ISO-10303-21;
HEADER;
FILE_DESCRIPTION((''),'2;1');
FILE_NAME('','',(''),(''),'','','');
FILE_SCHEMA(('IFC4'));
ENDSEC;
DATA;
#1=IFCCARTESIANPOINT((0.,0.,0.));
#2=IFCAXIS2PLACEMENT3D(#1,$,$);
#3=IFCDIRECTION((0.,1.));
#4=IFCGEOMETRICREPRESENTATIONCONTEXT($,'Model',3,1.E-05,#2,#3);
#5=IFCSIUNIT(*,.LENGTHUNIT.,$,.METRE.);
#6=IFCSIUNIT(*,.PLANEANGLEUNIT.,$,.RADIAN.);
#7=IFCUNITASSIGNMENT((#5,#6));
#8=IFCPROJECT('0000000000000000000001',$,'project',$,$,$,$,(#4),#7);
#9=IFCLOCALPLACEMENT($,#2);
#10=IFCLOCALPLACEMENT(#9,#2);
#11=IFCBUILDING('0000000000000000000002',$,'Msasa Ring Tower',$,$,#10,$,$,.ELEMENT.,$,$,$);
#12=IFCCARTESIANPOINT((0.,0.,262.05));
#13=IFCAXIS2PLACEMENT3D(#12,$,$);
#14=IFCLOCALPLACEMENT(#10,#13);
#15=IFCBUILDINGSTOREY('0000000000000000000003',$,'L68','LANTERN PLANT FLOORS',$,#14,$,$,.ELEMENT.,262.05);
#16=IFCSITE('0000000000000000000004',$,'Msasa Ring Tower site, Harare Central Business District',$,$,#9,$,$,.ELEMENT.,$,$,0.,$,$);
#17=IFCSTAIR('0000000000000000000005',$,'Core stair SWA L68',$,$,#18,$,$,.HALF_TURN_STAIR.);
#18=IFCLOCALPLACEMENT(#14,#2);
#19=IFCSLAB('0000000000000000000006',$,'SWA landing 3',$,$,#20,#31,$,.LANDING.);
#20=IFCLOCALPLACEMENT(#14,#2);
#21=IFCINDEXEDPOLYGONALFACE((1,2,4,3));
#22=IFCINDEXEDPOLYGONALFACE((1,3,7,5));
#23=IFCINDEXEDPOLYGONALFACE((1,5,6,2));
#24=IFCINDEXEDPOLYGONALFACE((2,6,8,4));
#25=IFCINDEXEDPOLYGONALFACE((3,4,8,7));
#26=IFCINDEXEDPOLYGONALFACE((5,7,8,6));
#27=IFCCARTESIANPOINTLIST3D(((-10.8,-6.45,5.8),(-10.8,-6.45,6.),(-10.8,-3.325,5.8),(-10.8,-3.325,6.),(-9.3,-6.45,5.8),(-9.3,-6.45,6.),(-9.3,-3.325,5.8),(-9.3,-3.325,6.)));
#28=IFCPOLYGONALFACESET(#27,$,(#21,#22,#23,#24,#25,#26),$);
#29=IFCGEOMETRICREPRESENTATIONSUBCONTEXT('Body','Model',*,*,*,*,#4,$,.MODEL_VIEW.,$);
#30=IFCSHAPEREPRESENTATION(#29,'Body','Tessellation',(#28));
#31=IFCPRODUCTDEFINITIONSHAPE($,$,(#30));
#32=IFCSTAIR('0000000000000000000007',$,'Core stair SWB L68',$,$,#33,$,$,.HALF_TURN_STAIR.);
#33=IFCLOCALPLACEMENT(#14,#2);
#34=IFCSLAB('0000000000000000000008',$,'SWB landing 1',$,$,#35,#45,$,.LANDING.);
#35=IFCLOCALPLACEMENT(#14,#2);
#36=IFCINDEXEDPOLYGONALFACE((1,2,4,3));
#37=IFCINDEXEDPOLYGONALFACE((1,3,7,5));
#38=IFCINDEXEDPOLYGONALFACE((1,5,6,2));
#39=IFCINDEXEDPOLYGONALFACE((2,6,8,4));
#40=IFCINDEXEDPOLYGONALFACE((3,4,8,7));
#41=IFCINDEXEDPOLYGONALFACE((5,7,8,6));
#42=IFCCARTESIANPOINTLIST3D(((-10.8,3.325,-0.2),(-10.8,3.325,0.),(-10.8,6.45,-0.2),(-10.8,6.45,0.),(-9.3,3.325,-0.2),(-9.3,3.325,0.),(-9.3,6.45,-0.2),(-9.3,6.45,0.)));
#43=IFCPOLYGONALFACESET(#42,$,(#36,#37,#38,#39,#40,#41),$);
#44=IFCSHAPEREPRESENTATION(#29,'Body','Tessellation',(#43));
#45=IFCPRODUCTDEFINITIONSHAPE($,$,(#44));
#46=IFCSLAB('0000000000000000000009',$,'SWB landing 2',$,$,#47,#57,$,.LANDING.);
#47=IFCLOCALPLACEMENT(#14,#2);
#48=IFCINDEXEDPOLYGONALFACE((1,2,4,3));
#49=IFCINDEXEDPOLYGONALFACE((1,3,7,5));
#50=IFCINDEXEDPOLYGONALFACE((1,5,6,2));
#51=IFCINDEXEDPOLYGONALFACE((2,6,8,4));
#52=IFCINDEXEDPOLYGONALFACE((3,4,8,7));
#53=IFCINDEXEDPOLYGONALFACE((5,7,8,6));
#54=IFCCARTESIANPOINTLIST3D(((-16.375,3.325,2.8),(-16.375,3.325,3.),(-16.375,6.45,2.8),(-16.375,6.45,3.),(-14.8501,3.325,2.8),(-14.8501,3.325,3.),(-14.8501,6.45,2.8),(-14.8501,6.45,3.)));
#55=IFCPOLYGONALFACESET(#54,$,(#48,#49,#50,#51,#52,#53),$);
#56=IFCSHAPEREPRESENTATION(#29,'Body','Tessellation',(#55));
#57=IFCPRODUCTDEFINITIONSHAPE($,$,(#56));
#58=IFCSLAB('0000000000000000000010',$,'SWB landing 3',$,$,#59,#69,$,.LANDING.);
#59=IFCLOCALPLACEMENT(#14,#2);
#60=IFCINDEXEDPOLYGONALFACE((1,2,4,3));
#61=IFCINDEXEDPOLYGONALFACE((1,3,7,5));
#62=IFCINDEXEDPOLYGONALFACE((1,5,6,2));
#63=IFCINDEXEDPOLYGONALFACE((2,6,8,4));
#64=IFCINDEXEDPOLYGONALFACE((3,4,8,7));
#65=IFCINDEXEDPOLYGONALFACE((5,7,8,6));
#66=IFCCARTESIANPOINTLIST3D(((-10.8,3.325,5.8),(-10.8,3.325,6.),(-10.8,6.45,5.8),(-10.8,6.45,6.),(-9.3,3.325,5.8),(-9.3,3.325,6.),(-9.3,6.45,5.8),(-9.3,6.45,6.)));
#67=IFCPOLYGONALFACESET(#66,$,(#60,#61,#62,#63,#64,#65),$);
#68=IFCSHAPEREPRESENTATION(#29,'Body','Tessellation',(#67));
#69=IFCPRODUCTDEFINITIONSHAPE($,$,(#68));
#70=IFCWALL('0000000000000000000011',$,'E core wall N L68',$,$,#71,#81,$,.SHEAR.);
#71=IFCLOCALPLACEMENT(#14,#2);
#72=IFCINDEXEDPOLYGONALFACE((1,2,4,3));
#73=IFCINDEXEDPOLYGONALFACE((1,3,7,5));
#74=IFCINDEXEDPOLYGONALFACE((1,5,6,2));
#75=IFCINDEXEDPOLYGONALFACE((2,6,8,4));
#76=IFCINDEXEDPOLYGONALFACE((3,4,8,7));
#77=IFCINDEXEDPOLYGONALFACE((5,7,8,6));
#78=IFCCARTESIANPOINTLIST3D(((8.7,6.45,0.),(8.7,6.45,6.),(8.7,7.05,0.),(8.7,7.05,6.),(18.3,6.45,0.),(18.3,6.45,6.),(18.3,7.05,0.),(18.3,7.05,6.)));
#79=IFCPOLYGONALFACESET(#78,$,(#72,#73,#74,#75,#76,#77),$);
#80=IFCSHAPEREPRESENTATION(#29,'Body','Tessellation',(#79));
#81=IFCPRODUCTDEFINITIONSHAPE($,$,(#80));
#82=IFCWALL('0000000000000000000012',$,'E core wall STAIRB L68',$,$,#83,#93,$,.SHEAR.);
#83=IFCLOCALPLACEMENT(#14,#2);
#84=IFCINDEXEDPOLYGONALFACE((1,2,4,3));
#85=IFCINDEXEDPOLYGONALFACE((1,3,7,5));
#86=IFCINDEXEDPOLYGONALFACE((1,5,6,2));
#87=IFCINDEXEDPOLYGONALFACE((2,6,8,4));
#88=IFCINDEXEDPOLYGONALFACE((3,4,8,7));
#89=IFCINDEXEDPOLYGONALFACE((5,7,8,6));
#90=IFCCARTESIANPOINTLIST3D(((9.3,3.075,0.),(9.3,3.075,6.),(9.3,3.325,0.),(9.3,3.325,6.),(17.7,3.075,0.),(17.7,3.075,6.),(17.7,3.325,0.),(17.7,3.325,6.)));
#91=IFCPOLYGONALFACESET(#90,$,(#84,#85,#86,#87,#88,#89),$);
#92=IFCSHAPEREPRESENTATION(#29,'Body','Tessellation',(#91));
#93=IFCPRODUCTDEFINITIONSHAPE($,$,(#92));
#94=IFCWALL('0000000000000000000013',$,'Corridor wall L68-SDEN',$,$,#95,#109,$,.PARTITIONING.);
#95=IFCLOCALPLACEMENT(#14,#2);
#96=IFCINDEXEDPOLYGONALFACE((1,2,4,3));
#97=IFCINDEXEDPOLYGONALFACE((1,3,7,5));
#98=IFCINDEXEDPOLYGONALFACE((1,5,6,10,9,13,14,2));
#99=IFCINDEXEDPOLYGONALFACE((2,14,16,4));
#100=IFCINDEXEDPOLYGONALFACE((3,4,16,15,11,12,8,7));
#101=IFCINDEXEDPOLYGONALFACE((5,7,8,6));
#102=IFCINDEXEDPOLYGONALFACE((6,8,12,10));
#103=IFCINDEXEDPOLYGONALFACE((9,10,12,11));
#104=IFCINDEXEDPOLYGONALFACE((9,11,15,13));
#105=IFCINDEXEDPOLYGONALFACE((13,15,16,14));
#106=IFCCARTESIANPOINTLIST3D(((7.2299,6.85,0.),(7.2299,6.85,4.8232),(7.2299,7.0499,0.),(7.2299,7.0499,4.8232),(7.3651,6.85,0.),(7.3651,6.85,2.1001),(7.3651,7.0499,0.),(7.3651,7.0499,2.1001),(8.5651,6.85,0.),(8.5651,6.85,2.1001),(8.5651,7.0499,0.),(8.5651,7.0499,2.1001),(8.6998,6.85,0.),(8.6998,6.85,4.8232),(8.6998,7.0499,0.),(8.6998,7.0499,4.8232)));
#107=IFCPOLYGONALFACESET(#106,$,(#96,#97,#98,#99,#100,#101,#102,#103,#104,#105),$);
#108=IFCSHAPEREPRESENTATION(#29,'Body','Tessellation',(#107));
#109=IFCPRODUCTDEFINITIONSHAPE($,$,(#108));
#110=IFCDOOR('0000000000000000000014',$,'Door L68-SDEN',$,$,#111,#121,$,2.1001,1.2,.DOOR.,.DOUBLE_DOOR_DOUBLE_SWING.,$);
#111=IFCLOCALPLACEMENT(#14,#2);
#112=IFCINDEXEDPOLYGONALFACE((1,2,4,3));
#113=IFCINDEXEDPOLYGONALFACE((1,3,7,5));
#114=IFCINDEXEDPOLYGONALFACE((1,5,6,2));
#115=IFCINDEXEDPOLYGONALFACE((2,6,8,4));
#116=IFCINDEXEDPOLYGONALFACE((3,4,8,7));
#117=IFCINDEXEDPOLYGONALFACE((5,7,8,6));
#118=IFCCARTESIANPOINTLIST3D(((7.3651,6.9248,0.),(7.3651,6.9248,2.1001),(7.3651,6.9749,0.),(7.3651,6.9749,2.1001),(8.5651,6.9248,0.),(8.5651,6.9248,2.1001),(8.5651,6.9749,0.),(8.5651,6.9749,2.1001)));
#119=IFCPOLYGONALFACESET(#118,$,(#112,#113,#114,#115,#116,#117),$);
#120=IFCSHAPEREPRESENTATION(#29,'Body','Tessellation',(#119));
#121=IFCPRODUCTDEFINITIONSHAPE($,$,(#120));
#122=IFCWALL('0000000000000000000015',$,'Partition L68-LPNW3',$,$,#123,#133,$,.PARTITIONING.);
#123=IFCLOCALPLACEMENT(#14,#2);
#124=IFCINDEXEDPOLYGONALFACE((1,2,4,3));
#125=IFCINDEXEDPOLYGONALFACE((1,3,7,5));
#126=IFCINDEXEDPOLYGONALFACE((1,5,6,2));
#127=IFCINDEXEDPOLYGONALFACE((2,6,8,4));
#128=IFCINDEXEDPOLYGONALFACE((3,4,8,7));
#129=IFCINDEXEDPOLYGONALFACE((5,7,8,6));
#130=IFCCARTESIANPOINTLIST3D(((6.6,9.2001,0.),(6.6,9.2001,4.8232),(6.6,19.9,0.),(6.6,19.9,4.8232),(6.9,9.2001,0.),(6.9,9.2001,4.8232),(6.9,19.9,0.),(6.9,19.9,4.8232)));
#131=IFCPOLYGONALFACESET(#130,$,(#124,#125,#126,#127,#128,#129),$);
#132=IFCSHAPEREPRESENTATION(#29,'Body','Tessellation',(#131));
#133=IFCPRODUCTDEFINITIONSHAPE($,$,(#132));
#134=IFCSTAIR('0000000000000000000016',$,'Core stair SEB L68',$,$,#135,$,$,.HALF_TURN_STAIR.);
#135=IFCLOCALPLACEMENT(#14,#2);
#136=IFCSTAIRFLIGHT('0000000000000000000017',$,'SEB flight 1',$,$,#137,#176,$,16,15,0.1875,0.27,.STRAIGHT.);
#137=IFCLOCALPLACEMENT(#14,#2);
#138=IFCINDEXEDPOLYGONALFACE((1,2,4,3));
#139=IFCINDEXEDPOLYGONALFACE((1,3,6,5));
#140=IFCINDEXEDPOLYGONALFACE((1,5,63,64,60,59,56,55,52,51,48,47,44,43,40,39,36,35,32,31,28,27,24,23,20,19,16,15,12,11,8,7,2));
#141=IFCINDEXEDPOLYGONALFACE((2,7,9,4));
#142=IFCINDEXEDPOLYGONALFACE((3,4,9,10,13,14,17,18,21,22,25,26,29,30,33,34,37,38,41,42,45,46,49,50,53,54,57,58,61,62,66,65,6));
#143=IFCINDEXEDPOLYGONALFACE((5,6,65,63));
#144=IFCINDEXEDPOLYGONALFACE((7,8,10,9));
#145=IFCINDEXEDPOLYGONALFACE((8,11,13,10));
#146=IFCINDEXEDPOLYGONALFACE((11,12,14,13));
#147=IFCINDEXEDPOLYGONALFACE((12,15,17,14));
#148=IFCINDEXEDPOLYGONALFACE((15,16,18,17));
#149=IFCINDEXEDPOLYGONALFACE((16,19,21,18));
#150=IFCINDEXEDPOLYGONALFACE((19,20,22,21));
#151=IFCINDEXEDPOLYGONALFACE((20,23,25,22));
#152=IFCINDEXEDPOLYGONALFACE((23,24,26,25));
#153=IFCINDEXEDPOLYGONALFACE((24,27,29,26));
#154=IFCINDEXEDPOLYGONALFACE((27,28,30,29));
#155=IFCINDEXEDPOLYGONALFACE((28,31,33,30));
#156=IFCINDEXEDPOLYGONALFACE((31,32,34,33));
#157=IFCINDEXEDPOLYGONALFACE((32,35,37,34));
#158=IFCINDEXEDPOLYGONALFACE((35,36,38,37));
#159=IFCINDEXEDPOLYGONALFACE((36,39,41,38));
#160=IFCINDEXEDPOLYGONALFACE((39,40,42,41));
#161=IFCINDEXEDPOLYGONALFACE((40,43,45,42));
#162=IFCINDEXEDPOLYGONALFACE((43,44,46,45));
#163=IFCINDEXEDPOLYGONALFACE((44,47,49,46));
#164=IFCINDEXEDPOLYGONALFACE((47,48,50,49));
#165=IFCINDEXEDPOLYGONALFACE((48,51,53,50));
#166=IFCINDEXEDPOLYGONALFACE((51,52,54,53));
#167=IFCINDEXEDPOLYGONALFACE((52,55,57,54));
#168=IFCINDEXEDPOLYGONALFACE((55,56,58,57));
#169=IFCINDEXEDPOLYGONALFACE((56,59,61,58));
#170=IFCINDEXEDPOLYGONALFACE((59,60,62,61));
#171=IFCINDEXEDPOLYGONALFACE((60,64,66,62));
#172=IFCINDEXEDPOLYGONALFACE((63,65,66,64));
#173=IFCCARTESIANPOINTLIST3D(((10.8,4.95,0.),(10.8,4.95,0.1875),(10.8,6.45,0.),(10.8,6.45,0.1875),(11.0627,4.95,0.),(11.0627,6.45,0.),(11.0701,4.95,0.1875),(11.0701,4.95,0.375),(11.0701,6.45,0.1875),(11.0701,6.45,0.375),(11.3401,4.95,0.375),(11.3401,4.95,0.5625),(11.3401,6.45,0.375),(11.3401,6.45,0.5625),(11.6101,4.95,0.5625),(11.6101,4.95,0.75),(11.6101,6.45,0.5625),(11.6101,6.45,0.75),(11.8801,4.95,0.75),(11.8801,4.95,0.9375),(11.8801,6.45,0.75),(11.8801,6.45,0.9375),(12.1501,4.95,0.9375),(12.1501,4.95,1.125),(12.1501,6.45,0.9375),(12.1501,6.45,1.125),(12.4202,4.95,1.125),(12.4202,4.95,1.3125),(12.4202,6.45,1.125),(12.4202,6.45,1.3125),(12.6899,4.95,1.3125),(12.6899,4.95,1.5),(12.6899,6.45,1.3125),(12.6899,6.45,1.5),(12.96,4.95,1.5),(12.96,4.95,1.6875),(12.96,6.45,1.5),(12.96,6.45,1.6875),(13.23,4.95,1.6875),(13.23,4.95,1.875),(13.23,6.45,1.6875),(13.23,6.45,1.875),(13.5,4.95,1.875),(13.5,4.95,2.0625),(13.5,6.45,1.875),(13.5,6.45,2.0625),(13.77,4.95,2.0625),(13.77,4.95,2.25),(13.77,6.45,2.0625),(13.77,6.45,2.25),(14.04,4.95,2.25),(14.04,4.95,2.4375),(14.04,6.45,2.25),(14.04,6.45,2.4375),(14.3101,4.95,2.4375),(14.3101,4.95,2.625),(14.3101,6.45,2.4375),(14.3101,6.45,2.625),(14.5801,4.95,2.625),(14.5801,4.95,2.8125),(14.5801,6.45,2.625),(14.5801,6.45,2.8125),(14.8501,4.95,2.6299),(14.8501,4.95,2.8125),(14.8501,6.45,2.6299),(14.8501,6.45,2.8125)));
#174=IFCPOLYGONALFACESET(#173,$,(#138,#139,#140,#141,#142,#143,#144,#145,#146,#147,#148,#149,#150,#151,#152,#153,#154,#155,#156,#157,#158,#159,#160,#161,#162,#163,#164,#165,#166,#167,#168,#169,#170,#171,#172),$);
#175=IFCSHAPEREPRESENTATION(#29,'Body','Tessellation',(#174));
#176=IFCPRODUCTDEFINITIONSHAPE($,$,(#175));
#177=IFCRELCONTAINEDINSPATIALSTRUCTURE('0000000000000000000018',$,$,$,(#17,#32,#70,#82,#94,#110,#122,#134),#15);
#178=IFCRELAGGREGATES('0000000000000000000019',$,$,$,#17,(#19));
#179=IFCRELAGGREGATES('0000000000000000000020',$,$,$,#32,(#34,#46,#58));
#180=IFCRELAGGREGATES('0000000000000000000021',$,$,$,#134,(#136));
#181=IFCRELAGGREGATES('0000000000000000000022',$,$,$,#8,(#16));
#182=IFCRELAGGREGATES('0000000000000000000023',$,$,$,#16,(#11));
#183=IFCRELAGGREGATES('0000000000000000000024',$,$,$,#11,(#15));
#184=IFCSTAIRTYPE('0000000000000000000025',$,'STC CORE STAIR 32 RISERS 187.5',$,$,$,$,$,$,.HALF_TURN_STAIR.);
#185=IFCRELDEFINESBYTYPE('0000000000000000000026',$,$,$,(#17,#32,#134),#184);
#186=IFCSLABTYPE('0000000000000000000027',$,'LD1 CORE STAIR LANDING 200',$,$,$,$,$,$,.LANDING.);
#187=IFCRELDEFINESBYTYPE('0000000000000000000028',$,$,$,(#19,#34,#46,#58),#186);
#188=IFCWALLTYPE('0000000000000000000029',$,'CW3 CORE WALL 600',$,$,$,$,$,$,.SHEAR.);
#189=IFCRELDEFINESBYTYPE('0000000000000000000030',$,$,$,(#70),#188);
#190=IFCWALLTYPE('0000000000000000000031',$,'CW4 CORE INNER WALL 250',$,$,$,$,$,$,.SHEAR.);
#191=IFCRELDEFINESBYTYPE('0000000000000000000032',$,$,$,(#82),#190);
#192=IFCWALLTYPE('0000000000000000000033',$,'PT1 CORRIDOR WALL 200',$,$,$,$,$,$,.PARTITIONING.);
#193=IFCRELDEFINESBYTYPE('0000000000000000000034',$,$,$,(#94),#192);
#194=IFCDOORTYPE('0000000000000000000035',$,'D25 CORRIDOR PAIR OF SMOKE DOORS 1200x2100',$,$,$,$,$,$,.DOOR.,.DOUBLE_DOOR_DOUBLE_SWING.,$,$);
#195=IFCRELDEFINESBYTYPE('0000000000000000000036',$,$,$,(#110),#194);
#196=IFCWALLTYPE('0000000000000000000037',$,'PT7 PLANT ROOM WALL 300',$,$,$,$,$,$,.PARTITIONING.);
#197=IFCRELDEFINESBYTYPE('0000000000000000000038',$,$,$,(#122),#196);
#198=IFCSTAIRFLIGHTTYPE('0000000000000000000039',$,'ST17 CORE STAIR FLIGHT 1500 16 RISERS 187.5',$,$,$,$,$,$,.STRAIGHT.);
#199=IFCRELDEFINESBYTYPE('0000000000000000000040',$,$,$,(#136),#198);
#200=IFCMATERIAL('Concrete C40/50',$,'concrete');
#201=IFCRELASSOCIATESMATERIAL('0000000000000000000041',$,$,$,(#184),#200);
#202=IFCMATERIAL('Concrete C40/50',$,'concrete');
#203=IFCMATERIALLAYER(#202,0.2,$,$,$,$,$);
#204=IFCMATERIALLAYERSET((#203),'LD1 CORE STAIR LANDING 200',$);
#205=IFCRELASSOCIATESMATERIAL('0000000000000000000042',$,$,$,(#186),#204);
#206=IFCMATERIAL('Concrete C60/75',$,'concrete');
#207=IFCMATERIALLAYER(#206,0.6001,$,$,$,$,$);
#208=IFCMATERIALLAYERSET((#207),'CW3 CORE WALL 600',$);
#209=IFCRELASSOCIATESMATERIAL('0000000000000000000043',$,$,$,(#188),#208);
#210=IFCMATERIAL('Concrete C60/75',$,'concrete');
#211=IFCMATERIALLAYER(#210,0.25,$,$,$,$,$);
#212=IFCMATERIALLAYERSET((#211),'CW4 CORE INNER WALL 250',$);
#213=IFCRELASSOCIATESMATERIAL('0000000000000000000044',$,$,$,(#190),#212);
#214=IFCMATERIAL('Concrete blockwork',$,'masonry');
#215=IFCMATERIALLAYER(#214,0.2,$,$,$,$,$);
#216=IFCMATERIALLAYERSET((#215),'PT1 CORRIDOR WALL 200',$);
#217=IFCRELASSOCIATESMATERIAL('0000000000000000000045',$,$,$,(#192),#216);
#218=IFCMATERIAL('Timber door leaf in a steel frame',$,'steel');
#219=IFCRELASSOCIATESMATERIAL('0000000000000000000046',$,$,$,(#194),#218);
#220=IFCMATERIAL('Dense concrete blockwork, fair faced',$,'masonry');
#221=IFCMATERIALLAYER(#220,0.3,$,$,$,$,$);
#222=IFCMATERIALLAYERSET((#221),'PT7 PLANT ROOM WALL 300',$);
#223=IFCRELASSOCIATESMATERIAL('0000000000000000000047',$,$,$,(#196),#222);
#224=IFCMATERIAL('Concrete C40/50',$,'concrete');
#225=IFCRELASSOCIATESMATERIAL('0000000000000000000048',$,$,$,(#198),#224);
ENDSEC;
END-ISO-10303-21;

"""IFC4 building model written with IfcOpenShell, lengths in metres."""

from ifc_helpers import new_model, si_unit, direction, frame, frame_2d, origin, place, context, subcontext, project, spatial, polyline, rectangle, outline, extrude, material, layer, layer_set, type_object, element, fill, aggregate, save


model = new_model("IFC4")

# Units and contexts
model_context = context("Model", 3, precision=1e-05, world=origin(), true_north=direction((0.0, 1.0)))
body_context = subcontext(model_context, "Body", "Model", "MODEL_VIEW")
ifc_project = project(units=[si_unit("LENGTHUNIT", "METRE"), si_unit("PLANEANGLEUNIT", "RADIAN")], contexts=[model_context])

# Site, building, storey
site_placement = place(None, origin())
site = spatial("IfcSite", under=ifc_project, at=site_placement, Name="Msasa Ring Tower site, Harare Central Business District", CompositionType="ELEMENT", RefElevation=0.0)
building_placement = place(site_placement, origin())
building = spatial("IfcBuilding", under=site, at=building_placement, Name="Msasa Ring Tower", CompositionType="ELEMENT")
storey_placement = place(building_placement, frame((0.0, 0.0, 262.05)))
storey = spatial("IfcBuildingStorey", under=building, at=storey_placement, Name="L68", Description="LANTERN PLANT FLOORS", CompositionType="ELEMENT", Elevation=262.05)

# Stairs, slabs
ifc_material_1 = material(Name="Concrete C40/50", Category="concrete")
stair_type = type_object("IfcStairType", Name="STC CORE STAIR 32 RISERS 187.5", PredefinedType="HALF_TURN_STAIR", material=ifc_material_1)
stair_1_placement = place(storey_placement, origin())
stair_1 = element("IfcStair", 1, at=stair_1_placement, inside=storey, type_object=stair_type, Name="Core stair SWA L68", PredefinedType="HALF_TURN_STAIR")
ifc_material_2 = material(Name="Concrete C40/50", Category="concrete")
ifc_layer_1 = layer(ifc_material_2, 0.2)
ifc_layer_set_1 = layer_set([ifc_layer_1], Name="LD1 CORE STAIR LANDING 200")
slab_type = type_object("IfcSlabType", Name="LD1 CORE STAIR LANDING 200", PredefinedType="LANDING", material=ifc_layer_set_1)
slab_1_placement = place(storey_placement, frame((0.0, 0.0, 5.8)))
slab_1 = element("IfcSlab", 2, at=slab_1_placement, type_object=slab_type, Name="SWA landing 3", PredefinedType="LANDING", context=body_context, shape_type="SweptSolid", body=[
    extrude(outline(polyline([(-10.8, -6.45), (-9.3, -6.45), (-9.3, -3.325), (-10.8, -3.325), (-10.8, -6.45)])), origin(), (0.0, 0.0, 1.0), 0.2),
])
aggregate(stair_1, [slab_1])
stair_2_placement = place(storey_placement, origin())
stair_2 = element("IfcStair", 3, at=stair_2_placement, inside=storey, type_object=stair_type, Name="Core stair SWB L68", PredefinedType="HALF_TURN_STAIR")
slab_2_placement = place(storey_placement, frame((0.0, 0.0, -0.2)))
slab_2 = element("IfcSlab", 4, at=slab_2_placement, type_object=slab_type, Name="SWB landing 1", PredefinedType="LANDING", context=body_context, shape_type="SweptSolid", body=[
    extrude(outline(polyline([(-10.8, 3.325), (-9.3, 3.325), (-9.3, 6.45), (-10.8, 6.45), (-10.8, 3.325)])), origin(), (0.0, 0.0, 1.0), 0.2),
])
slab_3_placement = place(storey_placement, frame((0.0, 0.0, 2.8)))
slab_3 = element("IfcSlab", 5, at=slab_3_placement, type_object=slab_type, Name="SWB landing 2", PredefinedType="LANDING", context=body_context, shape_type="SweptSolid", body=[
    extrude(outline(polyline([(-16.375, 3.325), (-14.8501, 3.325), (-14.8501, 6.45), (-16.375, 6.45), (-16.375, 3.325)])), origin(), (0.0, 0.0, 1.0), 0.2),
])
slab_4_placement = place(storey_placement, frame((0.0, 0.0, 5.8)))
slab_4 = element("IfcSlab", 6, at=slab_4_placement, type_object=slab_type, Name="SWB landing 3", PredefinedType="LANDING", context=body_context, shape_type="SweptSolid", body=[
    extrude(outline(polyline([(-10.8, 3.325), (-9.3, 3.325), (-9.3, 6.45), (-10.8, 6.45), (-10.8, 3.325)])), origin(), (0.0, 0.0, 1.0), 0.2),
])
aggregate(stair_2, [slab_2, slab_3, slab_4])

# Walls
ifc_material_3 = material(Name="Concrete C60/75", Category="concrete")
ifc_layer_2 = layer(ifc_material_3, 0.6001)
ifc_layer_set_2 = layer_set([ifc_layer_2], Name="CW3 CORE WALL 600")
wall_type_1 = type_object("IfcWallType", Name="CW3 CORE WALL 600", PredefinedType="SHEAR", material=ifc_layer_set_2)
wall_1_placement = place(storey_placement, frame((8.7, 6.75, 0.0), z_axis=(0.0, 0.0, 1.0), x_axis=(1.0, 0.0, 0.0)))
element("IfcWall", 7, at=wall_1_placement, inside=storey, type_object=wall_type_1, Name="E core wall N L68", PredefinedType="SHEAR", context=body_context, shape_type="SweptSolid", body=[
    extrude(rectangle(XDim=9.6001, YDim=0.6001, at=frame_2d((4.8, 0.0))), origin(), (0.0, 0.0, 1.0), 6.0),
])
ifc_material_4 = material(Name="Concrete C60/75", Category="concrete")
ifc_layer_3 = layer(ifc_material_4, 0.25)
ifc_layer_set_3 = layer_set([ifc_layer_3], Name="CW4 CORE INNER WALL 250")
wall_type_2 = type_object("IfcWallType", Name="CW4 CORE INNER WALL 250", PredefinedType="SHEAR", material=ifc_layer_set_3)
wall_2_placement = place(storey_placement, frame((9.3, 3.2, 0.0), z_axis=(0.0, 0.0, 1.0), x_axis=(1.0, 0.0, 0.0)))
element("IfcWall", 8, at=wall_2_placement, inside=storey, type_object=wall_type_2, Name="E core wall STAIRB L68", PredefinedType="SHEAR", context=body_context, shape_type="SweptSolid", body=[
    extrude(rectangle(XDim=8.3999, YDim=0.25, at=frame_2d((4.2, 0.0))), origin(), (0.0, 0.0, 1.0), 6.0),
])

# Wall, opening, door
ifc_material_5 = material(Name="Concrete blockwork", Category="masonry")
ifc_layer_4 = layer(ifc_material_5, 0.2)
ifc_layer_set_4 = layer_set([ifc_layer_4], Name="PT1 CORRIDOR WALL 200")
wall_type_3 = type_object("IfcWallType", Name="PT1 CORRIDOR WALL 200", PredefinedType="PARTITIONING", material=ifc_layer_set_4)
wall_3_placement = place(storey_placement, frame((7.23, 6.95, 0.0), z_axis=(0.0, 0.0, 1.0), x_axis=(1.0, 0.0, 0.0)))
wall_3 = element("IfcWall", 9, at=wall_3_placement, inside=storey, type_object=wall_type_3, Name="Corridor wall L68-SDEN", PredefinedType="PARTITIONING", context=body_context, shape_type="SweptSolid", body=[
    extrude(rectangle(XDim=1.47, YDim=0.2, at=frame_2d((0.7349, 0.0))), origin(), (0.0, 0.0, 1.0), 4.8232),
])
opening_placement = place(wall_3_placement, frame((0.135, 0.0, 0.0)))
opening = element("IfcOpeningElement", 10, at=opening_placement, cuts=wall_3, PredefinedType="OPENING", context=body_context, shape_type="SweptSolid", body=[
    extrude(rectangle(XDim=1.2, YDim=2.1001, at=frame_2d((0.6001, 1.05))), frame((0.0, 0.1099, 0.0), z_axis=(0.0, -1.0, 0.0), x_axis=(1.0, 0.0, 0.0)), (0.0, 0.0, 1.0), 0.22),
])
ifc_material_6 = material(Name="Timber door leaf in a steel frame", Category="steel")
door_type = type_object("IfcDoorType", Name="D25 CORRIDOR PAIR OF SMOKE DOORS 1200x2100", OperationType="DOUBLE_DOOR_DOUBLE_SWING", PredefinedType="DOOR", material=ifc_material_6)
door_placement = place(opening_placement, origin())
door = element("IfcDoor", 11, at=door_placement, inside=storey, type_object=door_type, Name="Door L68-SDEN", OperationType="DOUBLE_DOOR_DOUBLE_SWING", OverallHeight=2.1001, OverallWidth=1.2, PredefinedType="DOOR", context=body_context, shape_type="SweptSolid", body=[
    extrude(rectangle(XDim=1.2, YDim=2.1001, at=frame_2d((0.6001, 1.05))), frame((0.0, 0.0249, 0.0), z_axis=(0.0, -1.0, 0.0), x_axis=(1.0, 0.0, 0.0)), (0.0, 0.0, 1.0), 0.05),
])
fill(opening, door)

# Wall
ifc_material_7 = material(Name="Dense concrete blockwork, fair faced", Category="masonry")
ifc_layer_5 = layer(ifc_material_7, 0.3)
ifc_layer_set_5 = layer_set([ifc_layer_5], Name="PT7 PLANT ROOM WALL 300")
wall_type_4 = type_object("IfcWallType", Name="PT7 PLANT ROOM WALL 300", PredefinedType="PARTITIONING", material=ifc_layer_set_5)
wall_4_placement = place(storey_placement, frame((6.75, 9.2, 0.0), z_axis=(0.0, 0.0, 1.0), x_axis=(0.0, 1.0, 0.0)))
element("IfcWall", 12, at=wall_4_placement, inside=storey, type_object=wall_type_4, Name="Partition L68-LPNW3", PredefinedType="PARTITIONING", context=body_context, shape_type="SweptSolid", body=[
    extrude(rectangle(XDim=10.7, YDim=0.3, at=frame_2d((5.3501, 0.0))), origin(), (0.0, 0.0, 1.0), 4.8232),
])

# Stair, stair flight
stair_3_placement = place(storey_placement, origin())
stair_3 = element("IfcStair", 13, at=stair_3_placement, inside=storey, type_object=stair_type, Name="Core stair SEB L68", PredefinedType="HALF_TURN_STAIR")
ifc_material_8 = material(Name="Concrete C40/50", Category="concrete")
stair_flight_type = type_object("IfcStairFlightType", Name="ST17 CORE STAIR FLIGHT 1500 16 RISERS 187.5", PredefinedType="STRAIGHT", material=ifc_material_8)
stair_flight_placement = place(storey_placement, frame((10.8, 5.7, 0.0), z_axis=(0.0, 0.0, 1.0), x_axis=(1.0, 0.0, 0.0)))
stair_flight = element("IfcStairFlight", 14, at=stair_flight_placement, type_object=stair_flight_type, Name="SEB flight 1", NumberOfRisers=16, NumberOfTreads=15, PredefinedType="STRAIGHT", RiserHeight=0.1875, TreadLength=0.27, context=body_context, shape_type="SweptSolid", body=[
    extrude(outline(polyline([(0.0, 0.0), (0.0, 0.1875), (0.27, 0.1875), (0.27, 0.375), (0.54, 0.375), (0.54, 0.5625), (0.8101, 0.5625), (0.8101, 0.75), (1.0801, 0.75), (1.0801, 0.9375), (1.3501, 0.9375), (1.3501, 1.125), (1.6201, 1.125), (1.6201, 1.3125), (1.8899, 1.3125), (1.8899, 1.5), (2.1599, 1.5), (2.1599, 1.6875), (2.4299, 1.6875), (2.4299, 1.875), (2.7, 1.875), (2.7, 2.0625), (2.97, 2.0625), (2.97, 2.25), (3.24, 2.25), (3.24, 2.4375), (3.51, 2.4375), (3.51, 2.625), (3.78, 2.625), (3.78, 2.8125), (4.05, 2.8125), (4.05, 3.0), (4.05, 2.6299), (0.2627, 0.0), (0.0, 0.0)])), frame((0.0, 0.75, 0.0), z_axis=(0.0, -1.0, 0.0), x_axis=(1.0, 0.0, 0.0)), (0.0, 0.0, 1.0), 1.5),
])
aggregate(stair_3, [stair_flight])

save(model, "model.ifc")
